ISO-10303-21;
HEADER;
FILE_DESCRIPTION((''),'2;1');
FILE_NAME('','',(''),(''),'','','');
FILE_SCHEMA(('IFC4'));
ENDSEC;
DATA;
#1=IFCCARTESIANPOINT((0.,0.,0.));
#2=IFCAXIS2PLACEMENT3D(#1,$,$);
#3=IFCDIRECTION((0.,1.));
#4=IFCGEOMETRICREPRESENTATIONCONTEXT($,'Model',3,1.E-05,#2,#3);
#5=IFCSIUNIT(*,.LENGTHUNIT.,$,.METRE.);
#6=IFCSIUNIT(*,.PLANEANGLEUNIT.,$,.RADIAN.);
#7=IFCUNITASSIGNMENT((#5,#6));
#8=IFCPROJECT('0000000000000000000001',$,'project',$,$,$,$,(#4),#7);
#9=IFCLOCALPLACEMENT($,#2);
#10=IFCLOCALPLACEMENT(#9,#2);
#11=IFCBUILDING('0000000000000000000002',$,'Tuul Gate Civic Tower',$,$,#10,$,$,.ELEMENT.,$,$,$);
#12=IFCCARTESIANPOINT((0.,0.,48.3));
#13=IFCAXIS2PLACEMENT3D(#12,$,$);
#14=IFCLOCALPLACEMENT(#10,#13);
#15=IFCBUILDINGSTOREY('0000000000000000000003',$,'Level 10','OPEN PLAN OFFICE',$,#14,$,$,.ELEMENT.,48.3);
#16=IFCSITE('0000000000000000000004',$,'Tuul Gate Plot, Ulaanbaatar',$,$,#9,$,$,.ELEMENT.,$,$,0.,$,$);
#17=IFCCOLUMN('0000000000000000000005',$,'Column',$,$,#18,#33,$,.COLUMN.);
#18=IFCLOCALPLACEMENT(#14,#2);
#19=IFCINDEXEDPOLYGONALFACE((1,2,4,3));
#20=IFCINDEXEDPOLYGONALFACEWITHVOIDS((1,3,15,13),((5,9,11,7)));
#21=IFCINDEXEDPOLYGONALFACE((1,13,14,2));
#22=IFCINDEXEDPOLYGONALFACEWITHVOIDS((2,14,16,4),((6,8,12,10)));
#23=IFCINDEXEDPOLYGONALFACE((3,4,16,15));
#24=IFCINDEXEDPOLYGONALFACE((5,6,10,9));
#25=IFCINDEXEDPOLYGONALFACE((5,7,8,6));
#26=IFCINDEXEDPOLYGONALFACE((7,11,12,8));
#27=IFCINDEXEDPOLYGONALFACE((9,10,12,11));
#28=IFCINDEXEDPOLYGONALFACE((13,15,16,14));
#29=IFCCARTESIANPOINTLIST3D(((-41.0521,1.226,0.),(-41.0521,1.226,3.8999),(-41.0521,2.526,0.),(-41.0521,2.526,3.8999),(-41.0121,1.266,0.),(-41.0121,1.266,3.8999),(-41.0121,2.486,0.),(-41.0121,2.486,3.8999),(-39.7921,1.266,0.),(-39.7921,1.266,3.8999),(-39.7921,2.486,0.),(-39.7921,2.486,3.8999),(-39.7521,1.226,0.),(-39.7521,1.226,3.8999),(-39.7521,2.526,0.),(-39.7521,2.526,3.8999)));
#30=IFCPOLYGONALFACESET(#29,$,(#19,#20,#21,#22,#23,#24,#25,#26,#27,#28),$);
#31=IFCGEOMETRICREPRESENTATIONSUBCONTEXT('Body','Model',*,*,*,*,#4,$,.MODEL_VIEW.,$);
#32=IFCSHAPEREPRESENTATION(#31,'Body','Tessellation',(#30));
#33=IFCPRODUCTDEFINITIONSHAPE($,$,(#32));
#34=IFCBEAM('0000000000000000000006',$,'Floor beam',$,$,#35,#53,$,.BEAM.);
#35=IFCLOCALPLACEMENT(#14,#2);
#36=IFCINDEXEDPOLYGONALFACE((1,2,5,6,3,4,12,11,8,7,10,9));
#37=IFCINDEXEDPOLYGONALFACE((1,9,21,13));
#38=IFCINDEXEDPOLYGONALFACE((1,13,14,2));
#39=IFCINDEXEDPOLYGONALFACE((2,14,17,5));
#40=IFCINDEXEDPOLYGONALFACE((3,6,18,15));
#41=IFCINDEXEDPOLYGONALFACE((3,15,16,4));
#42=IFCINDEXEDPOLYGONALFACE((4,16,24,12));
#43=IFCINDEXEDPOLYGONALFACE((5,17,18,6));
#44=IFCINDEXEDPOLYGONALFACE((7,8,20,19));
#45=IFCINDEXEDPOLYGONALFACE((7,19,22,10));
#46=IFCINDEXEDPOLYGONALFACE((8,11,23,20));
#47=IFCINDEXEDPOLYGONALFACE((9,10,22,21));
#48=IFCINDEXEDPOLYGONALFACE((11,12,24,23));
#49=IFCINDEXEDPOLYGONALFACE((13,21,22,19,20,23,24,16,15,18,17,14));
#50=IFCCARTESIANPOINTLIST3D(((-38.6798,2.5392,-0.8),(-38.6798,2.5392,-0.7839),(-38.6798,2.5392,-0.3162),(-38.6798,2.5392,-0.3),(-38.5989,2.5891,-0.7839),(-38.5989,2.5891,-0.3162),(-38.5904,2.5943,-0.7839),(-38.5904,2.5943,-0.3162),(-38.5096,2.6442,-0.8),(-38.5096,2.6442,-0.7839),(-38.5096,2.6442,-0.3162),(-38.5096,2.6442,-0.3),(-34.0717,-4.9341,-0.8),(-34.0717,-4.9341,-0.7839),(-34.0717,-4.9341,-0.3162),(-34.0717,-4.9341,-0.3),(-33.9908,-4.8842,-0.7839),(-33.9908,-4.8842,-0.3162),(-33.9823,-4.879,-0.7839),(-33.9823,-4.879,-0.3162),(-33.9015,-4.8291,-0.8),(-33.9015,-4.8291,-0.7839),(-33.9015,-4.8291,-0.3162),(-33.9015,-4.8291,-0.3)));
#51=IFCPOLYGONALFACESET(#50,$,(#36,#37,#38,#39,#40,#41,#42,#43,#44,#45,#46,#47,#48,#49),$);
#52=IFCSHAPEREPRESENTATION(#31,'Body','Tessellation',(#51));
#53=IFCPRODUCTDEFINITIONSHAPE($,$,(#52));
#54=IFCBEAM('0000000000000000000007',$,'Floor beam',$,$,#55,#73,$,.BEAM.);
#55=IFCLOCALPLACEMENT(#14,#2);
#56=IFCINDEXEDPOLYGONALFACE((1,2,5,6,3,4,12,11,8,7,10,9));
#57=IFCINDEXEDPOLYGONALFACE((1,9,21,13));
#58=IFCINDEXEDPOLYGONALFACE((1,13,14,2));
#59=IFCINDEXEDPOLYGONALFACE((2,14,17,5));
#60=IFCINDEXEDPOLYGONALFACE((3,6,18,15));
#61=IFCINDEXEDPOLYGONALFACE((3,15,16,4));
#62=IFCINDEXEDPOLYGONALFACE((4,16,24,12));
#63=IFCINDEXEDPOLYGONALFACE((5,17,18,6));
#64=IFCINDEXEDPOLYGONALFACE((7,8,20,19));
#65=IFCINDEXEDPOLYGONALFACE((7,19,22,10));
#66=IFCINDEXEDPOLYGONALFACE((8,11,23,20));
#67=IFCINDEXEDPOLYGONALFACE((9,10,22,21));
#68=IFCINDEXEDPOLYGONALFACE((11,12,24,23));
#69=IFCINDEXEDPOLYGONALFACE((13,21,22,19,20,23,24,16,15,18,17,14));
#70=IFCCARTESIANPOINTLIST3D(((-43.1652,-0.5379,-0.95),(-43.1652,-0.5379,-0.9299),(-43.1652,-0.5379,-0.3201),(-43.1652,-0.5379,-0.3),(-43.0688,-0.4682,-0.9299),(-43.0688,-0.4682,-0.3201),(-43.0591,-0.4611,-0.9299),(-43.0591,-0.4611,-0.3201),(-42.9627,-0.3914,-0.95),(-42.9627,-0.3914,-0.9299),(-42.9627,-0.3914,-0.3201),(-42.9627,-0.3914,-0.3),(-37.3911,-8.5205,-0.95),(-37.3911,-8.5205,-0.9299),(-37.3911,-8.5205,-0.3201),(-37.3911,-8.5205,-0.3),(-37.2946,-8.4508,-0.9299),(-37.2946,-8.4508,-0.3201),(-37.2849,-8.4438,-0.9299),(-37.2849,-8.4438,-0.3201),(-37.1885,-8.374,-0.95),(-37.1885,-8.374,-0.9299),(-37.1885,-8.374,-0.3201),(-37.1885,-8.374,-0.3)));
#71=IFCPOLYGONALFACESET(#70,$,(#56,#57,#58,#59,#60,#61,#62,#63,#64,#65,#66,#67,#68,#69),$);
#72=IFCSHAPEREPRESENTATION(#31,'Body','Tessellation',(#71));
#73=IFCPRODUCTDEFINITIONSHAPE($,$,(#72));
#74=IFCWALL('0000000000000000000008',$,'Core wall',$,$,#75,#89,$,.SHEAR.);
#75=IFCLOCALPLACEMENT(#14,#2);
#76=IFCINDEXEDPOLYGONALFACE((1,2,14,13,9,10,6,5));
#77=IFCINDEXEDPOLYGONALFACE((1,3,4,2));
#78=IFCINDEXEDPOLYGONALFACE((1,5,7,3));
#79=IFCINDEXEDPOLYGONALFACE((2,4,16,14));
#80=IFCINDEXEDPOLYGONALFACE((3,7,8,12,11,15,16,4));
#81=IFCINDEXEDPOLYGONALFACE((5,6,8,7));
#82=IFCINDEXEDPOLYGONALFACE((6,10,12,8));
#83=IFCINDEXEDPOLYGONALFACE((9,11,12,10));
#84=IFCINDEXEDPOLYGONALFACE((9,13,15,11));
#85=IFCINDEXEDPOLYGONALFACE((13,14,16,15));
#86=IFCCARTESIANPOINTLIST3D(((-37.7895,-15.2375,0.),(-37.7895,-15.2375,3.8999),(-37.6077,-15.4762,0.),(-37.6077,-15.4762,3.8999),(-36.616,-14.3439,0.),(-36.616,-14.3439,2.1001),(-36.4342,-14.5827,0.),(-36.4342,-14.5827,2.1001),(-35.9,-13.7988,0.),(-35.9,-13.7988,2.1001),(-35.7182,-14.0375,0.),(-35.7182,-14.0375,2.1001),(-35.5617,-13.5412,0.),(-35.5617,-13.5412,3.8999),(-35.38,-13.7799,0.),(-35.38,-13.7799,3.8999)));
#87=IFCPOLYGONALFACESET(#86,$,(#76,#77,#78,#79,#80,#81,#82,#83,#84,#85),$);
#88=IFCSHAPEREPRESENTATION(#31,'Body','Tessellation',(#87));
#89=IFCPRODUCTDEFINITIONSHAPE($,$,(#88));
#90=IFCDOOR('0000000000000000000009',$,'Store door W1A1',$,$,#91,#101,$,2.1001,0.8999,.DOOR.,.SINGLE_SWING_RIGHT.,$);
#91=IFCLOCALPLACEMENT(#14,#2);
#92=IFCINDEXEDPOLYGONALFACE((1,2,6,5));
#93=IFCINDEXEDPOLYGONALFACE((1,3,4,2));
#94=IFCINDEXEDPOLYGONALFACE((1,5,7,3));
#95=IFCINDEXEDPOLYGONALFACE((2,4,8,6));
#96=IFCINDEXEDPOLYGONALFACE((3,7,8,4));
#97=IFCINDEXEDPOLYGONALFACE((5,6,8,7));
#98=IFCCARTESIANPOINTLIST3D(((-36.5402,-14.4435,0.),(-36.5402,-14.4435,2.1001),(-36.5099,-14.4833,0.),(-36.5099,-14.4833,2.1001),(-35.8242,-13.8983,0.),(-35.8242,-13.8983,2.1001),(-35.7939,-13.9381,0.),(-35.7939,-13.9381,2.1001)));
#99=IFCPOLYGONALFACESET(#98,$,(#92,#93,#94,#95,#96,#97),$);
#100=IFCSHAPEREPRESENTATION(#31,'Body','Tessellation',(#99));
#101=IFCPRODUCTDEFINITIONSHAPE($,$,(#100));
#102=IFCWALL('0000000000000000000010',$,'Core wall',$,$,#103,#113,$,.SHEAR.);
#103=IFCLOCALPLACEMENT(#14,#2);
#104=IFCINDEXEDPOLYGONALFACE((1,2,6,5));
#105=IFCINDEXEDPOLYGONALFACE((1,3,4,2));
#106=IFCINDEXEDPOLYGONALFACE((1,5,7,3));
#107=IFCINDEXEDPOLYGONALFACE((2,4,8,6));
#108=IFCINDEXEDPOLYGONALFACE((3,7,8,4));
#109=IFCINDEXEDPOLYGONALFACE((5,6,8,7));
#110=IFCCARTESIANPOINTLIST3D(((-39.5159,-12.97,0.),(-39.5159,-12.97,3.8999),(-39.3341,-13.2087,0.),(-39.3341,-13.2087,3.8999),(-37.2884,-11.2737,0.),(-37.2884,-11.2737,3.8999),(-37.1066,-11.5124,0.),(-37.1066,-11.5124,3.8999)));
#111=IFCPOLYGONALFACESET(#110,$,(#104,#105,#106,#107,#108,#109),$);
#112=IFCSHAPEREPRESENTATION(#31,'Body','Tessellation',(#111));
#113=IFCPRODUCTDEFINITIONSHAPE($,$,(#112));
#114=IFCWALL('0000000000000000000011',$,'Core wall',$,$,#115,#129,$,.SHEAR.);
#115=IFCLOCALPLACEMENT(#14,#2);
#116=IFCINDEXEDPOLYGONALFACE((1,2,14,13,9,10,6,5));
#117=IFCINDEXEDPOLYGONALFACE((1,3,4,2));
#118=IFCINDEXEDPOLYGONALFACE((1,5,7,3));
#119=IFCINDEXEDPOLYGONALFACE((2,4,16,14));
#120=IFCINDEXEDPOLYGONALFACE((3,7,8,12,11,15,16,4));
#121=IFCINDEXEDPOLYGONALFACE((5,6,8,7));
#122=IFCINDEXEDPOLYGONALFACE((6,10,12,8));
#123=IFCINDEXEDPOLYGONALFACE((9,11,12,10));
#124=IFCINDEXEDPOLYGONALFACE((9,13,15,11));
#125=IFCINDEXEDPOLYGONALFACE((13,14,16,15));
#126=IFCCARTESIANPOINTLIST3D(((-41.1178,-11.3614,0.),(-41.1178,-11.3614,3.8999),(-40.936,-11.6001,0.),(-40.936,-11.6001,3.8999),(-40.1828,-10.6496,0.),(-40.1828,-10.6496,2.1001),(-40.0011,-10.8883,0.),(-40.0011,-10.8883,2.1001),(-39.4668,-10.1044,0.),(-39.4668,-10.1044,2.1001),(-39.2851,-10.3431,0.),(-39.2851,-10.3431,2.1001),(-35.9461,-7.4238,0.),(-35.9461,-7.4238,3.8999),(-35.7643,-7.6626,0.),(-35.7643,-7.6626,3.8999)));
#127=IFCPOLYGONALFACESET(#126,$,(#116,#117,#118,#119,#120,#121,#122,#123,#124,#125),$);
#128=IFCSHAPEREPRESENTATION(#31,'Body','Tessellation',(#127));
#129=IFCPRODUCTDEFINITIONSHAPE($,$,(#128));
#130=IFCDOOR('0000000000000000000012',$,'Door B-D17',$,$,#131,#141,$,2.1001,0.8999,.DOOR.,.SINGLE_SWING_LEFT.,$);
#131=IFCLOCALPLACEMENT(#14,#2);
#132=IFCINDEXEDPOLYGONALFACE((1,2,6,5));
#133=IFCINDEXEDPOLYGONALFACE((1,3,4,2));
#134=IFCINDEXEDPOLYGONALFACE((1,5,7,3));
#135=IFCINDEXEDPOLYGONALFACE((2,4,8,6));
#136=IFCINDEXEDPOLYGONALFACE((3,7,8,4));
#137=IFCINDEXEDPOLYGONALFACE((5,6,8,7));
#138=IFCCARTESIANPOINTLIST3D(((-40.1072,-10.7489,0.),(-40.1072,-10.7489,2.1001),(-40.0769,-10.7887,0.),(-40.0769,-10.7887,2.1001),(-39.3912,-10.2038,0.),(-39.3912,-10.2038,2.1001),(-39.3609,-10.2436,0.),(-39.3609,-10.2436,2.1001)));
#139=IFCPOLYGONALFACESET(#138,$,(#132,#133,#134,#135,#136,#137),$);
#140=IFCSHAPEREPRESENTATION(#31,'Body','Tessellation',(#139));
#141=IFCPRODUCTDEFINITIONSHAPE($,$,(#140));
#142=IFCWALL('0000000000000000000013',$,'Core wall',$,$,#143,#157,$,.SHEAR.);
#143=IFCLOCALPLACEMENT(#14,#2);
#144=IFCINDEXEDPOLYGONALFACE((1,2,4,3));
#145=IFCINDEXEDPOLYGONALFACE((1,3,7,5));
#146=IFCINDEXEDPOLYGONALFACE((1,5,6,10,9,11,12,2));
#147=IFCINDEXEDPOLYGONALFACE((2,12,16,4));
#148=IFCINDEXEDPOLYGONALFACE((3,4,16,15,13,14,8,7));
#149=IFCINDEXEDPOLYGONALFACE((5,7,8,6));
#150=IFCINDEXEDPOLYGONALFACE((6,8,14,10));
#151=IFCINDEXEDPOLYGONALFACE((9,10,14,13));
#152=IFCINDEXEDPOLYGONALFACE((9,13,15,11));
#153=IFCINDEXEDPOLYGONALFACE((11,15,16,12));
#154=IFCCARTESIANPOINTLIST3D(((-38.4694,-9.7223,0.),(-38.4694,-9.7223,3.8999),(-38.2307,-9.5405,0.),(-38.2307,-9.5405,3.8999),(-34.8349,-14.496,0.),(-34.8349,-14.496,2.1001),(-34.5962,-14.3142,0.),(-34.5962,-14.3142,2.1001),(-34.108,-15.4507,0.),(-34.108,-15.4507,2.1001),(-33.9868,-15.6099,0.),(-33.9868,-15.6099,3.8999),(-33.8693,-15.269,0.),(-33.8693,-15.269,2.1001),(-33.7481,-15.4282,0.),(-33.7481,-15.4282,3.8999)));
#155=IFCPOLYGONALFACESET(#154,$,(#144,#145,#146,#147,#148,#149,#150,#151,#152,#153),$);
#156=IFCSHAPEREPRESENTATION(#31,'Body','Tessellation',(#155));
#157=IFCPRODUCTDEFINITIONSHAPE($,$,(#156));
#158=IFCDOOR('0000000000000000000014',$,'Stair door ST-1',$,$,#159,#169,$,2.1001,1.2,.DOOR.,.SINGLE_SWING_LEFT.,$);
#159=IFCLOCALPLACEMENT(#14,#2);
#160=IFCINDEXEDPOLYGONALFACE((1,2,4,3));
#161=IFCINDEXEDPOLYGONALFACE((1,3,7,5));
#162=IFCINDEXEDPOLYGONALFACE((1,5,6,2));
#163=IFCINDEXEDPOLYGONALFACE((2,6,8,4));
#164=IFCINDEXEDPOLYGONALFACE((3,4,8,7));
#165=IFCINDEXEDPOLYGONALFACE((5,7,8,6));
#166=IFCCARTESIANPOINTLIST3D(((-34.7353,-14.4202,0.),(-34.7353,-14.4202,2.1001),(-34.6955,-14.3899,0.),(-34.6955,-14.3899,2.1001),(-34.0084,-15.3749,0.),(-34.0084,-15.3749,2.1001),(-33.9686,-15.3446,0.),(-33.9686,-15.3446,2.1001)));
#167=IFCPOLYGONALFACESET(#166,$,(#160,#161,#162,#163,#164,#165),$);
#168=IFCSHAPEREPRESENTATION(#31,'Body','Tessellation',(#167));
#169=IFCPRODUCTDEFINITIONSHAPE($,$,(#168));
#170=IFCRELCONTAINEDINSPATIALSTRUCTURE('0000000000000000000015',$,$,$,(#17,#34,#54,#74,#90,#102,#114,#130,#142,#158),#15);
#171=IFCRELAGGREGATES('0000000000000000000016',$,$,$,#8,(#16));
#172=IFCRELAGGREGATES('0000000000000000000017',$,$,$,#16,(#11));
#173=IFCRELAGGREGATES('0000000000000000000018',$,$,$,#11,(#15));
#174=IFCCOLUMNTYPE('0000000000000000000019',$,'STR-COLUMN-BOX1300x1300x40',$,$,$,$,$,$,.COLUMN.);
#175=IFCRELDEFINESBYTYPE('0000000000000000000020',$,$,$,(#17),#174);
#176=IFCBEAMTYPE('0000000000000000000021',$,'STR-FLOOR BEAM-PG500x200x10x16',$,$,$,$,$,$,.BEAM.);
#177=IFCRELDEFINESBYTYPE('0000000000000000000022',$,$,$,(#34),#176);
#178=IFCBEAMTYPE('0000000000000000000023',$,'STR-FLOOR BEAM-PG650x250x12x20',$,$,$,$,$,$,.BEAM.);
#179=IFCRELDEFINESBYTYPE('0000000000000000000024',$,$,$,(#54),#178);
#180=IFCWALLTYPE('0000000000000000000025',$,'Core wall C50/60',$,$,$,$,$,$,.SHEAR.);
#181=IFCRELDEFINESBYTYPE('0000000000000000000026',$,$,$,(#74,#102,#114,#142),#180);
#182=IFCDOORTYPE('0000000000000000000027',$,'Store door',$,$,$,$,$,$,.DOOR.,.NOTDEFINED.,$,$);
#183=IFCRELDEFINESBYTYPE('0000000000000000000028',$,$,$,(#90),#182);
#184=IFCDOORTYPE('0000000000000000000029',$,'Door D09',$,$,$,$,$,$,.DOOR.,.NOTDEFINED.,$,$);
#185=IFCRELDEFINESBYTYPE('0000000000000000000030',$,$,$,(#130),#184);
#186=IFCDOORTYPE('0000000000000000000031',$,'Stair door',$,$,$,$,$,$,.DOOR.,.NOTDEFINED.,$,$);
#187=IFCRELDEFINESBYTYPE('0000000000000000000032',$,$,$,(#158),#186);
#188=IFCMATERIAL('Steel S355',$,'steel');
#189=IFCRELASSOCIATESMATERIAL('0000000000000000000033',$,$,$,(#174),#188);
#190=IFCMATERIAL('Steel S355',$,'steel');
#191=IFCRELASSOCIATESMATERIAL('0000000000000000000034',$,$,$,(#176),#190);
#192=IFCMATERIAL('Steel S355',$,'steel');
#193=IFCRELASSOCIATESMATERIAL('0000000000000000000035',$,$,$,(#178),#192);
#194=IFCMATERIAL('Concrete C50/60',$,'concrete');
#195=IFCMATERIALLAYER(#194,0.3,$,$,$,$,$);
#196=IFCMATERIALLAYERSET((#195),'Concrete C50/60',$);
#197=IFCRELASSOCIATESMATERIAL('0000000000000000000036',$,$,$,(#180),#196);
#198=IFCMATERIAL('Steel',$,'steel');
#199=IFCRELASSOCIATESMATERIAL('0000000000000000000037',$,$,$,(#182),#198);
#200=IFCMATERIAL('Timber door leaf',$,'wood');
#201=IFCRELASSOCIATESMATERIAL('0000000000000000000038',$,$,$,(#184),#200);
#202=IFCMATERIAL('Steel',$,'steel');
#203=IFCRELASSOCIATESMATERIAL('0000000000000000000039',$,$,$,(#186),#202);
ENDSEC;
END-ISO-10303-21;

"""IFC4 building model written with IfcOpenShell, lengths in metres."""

from ifc_helpers import new_model, si_unit, direction, frame, frame_2d, origin, origin_2d, place, context, subcontext, project, spatial, rectangle, hollow_rectangle, i_section, extrude, material, layer, layer_set, material_profile, profile_set, type_object, element, fill, save


model = new_model("IFC4")

# Units and contexts
model_context = context("Model", 3, precision=1e-05, world=origin(), true_north=direction((0.0, 1.0)))
body_context = subcontext(model_context, "Body", "Model", "MODEL_VIEW")
ifc_project = project(units=[si_unit("LENGTHUNIT", "METRE"), si_unit("PLANEANGLEUNIT", "RADIAN")], contexts=[model_context])

# Site, building, storey
site_placement = place(None, origin())
site = spatial("IfcSite", under=ifc_project, at=site_placement, Name="Tuul Gate Plot, Ulaanbaatar", CompositionType="ELEMENT", RefElevation=0.0)
building_placement = place(site_placement, origin())
building = spatial("IfcBuilding", under=site, at=building_placement, Name="Tuul Gate Civic Tower", CompositionType="ELEMENT")
storey_placement = place(building_placement, frame((0.0, 0.0, 48.3)))
storey = spatial("IfcBuildingStorey", under=building, at=storey_placement, Name="Level 10", Description="OPEN PLAN OFFICE", CompositionType="ELEMENT", Elevation=48.3)

# Column
ifc_material_1 = material(Name="Steel S355", Category="steel")
ifc_material_profile_1 = material_profile(ifc_material_1, hollow_rectangle(XDim=1.3, YDim=1.3, WallThickness=0.04, at=origin_2d()), Name="BOX1300x1300x40")
ifc_profile_set_1 = profile_set([ifc_material_profile_1], Name="Steel S355")
column_type = type_object("IfcColumnType", Name="STR-COLUMN-BOX1300x1300x40", PredefinedType="COLUMN", material=ifc_profile_set_1)
column_placement = place(storey_placement, frame((-40.4021, 1.876, 0.0), z_axis=(0.0, 0.0, 1.0), x_axis=(1.0, 0.0, 0.0)))
element("IfcColumn", 1, at=column_placement, inside=storey, type_object=column_type, Name="Column", PredefinedType="COLUMN", context=body_context, shape_type="SweptSolid", body=[
    extrude(hollow_rectangle(XDim=1.3, YDim=1.3, WallThickness=0.04, at=origin_2d()), origin(), (0.0, 0.0, 1.0), 3.8999),
])

# Beams
ifc_material_2 = material(Name="Steel S355", Category="steel")
ifc_material_profile_2 = material_profile(ifc_material_2, i_section(OverallWidth=0.2, OverallDepth=0.5, WebThickness=0.01, FlangeThickness=0.0161, at=origin_2d()), Name="PG500x200x10x16")
ifc_profile_set_2 = profile_set([ifc_material_profile_2], Name="Steel S355")
beam_type_1 = type_object("IfcBeamType", Name="STR-FLOOR BEAM-PG500x200x10x16", PredefinedType="BEAM", material=ifc_profile_set_2)
beam_1_placement = place(storey_placement, frame((-33.9866, -4.8816, -0.55), z_axis=(-0.524853, 0.851193, 0.0), x_axis=(-0.851193, -0.524853, 0.0)))
element("IfcBeam", 2, at=beam_1_placement, inside=storey, type_object=beam_type_1, Name="Floor beam", PredefinedType="BEAM", context=body_context, shape_type="SweptSolid", body=[
    extrude(i_section(OverallWidth=0.2, OverallDepth=0.5, WebThickness=0.01, FlangeThickness=0.0161, at=origin_2d()), origin(), (0.0, 0.0, 1.0), 8.7798),
])
ifc_material_3 = material(Name="Steel S355", Category="steel")
ifc_material_profile_3 = material_profile(ifc_material_3, i_section(OverallWidth=0.25, OverallDepth=0.6499, WebThickness=0.012, FlangeThickness=0.02, at=origin_2d()), Name="PG650x250x12x20")
ifc_profile_set_3 = profile_set([ifc_material_profile_3], Name="Steel S355")
beam_type_2 = type_object("IfcBeamType", Name="STR-FLOOR BEAM-PG650x250x12x20", PredefinedType="BEAM", material=ifc_profile_set_3)
beam_2_placement = place(storey_placement, frame((-37.2898, -8.4473, -0.625), z_axis=(-0.586085, 0.81025, 0.0), x_axis=(-0.81025, -0.586085, 0.0)))
element("IfcBeam", 3, at=beam_2_placement, inside=storey, type_object=beam_type_2, Name="Floor beam", PredefinedType="BEAM", context=body_context, shape_type="SweptSolid", body=[
    extrude(i_section(OverallWidth=0.25, OverallDepth=0.6499, WebThickness=0.012, FlangeThickness=0.02, at=origin_2d()), origin(), (0.0, 0.0, 1.0), 9.8521),
])

# Wall, opening, door
ifc_material_4 = material(Name="Concrete C50/60", Category="concrete")
ifc_layer_1 = layer(ifc_material_4, 0.3)
ifc_layer_set_1 = layer_set([ifc_layer_1], Name="Concrete C50/60")
wall_type_1 = type_object("IfcWallType", Name="Core wall C50/60", PredefinedType="SHEAR", material=ifc_layer_set_1)
wall_1_placement = place(storey_placement, frame((-35.4709, -13.6606, 0.0), z_axis=(0.0, 0.0, 1.0), x_axis=(-0.795616, -0.605802, 0.0)))
wall_1 = element("IfcWall", 4, at=wall_1_placement, inside=storey, type_object=wall_type_1, Name="Core wall", PredefinedType="SHEAR", context=body_context, shape_type="SweptSolid", body=[
    extrude(rectangle(XDim=2.8, YDim=0.3, at=frame_2d((1.3999, 0.0))), origin(), (0.0, 0.0, 1.0), 3.8999),
])
opening_1_placement = place(wall_1_placement, frame((0.425, 0.0, 0.0)))
opening_1 = element("IfcOpeningElement", 5, at=opening_1_placement, cuts=wall_1, PredefinedType="OPENING", context=body_context, shape_type="SweptSolid", body=[
    extrude(rectangle(XDim=0.8999, YDim=2.1001, at=frame_2d((0.45, 1.05))), frame((0.0, 0.1602, 0.0), z_axis=(0.0, -1.0, 0.0), x_axis=(1.0, 0.0, 0.0)), (0.0, 0.0, 1.0), 0.3201),
])
ifc_material_5 = material(Name="Steel", Category="steel")
door_type_1 = type_object("IfcDoorType", Name="Store door", OperationType="NOTDEFINED", PredefinedType="DOOR", material=ifc_material_5)
door_1_placement = place(opening_1_placement, frame((0.8999, 0.0, 0.0), z_axis=(0.0, 0.0, 1.0), x_axis=(-1.0, 0.0, 0.0)))
door_1 = element("IfcDoor", 6, at=door_1_placement, inside=storey, type_object=door_type_1, Name="Store door W1A1", OperationType="SINGLE_SWING_RIGHT", OverallHeight=2.1001, OverallWidth=0.8999, PredefinedType="DOOR", context=body_context, shape_type="SweptSolid", body=[
    extrude(rectangle(XDim=0.8999, YDim=2.1001, at=frame_2d((0.45, 1.05))), frame((0.0, 0.0249, 0.0), z_axis=(0.0, -1.0, 0.0), x_axis=(1.0, 0.0, 0.0)), (0.0, 0.0, 1.0), 0.05),
])
fill(opening_1, door_1)

# Wall
wall_2_placement = place(storey_placement, frame((-37.1975, -11.3931, 0.0), z_axis=(0.0, 0.0, 1.0), x_axis=(-0.795584, -0.605844, 0.0)))
element("IfcWall", 7, at=wall_2_placement, inside=storey, type_object=wall_type_1, Name="Core wall", PredefinedType="SHEAR", context=body_context, shape_type="SweptSolid", body=[
    extrude(rectangle(XDim=2.7998, YDim=0.3, at=frame_2d((1.3999, 0.0))), origin(), (0.0, 0.0, 1.0), 3.8999),
])

# Walls, openings, doors
wall_3_placement = place(storey_placement, frame((-35.8552, -7.5432, 0.0), z_axis=(0.0, 0.0, 1.0), x_axis=(-0.795639, -0.605772, 0.0)))
wall_3 = element("IfcWall", 8, at=wall_3_placement, inside=storey, type_object=wall_type_1, Name="Core wall", PredefinedType="SHEAR", context=body_context, shape_type="SweptSolid", body=[
    extrude(rectangle(XDim=6.5, YDim=0.3, at=frame_2d((3.25, 0.0))), origin(), (0.0, 0.0, 1.0), 3.8999),
])
opening_2_placement = place(wall_3_placement, frame((4.425, 0.0, 0.0)))
opening_2 = element("IfcOpeningElement", 9, at=opening_2_placement, cuts=wall_3, PredefinedType="OPENING", context=body_context, shape_type="SweptSolid", body=[
    extrude(rectangle(XDim=0.8999, YDim=2.1001, at=frame_2d((0.45, 1.05))), frame((0.0, 0.1602, 0.0), z_axis=(0.0, -1.0, 0.0), x_axis=(1.0, 0.0, 0.0)), (0.0, 0.0, 1.0), 0.3201),
])
ifc_material_6 = material(Name="Timber door leaf", Category="wood")
door_type_2 = type_object("IfcDoorType", Name="Door D09", OperationType="NOTDEFINED", PredefinedType="DOOR", material=ifc_material_6)
door_2_placement = place(opening_2_placement, origin())
door_2 = element("IfcDoor", 10, at=door_2_placement, inside=storey, type_object=door_type_2, Name="Door B-D17", OperationType="SINGLE_SWING_LEFT", OverallHeight=2.1001, OverallWidth=0.8999, PredefinedType="DOOR", context=body_context, shape_type="SweptSolid", body=[
    extrude(rectangle(XDim=0.8999, YDim=2.1001, at=frame_2d((0.45, 1.05))), frame((0.0, 0.0249, 0.0), z_axis=(0.0, -1.0, 0.0), x_axis=(1.0, 0.0, 0.0)), (0.0, 0.0, 1.0), 0.05),
])
fill(opening_2, door_2)
wall_4_placement = place(storey_placement, frame((-33.8674, -15.519, 0.0), z_axis=(0.0, 0.0, 1.0), x_axis=(-0.60577, 0.79564, 0.0)))
wall_4 = element("IfcWall", 11, at=wall_4_placement, inside=storey, type_object=wall_type_1, Name="Core wall", PredefinedType="SHEAR", context=body_context, shape_type="SweptSolid", body=[
    extrude(rectangle(XDim=7.3999, YDim=0.3, at=frame_2d((3.7, 0.0))), origin(), (0.0, 0.0, 1.0), 3.8999),
])
opening_3_placement = place(wall_4_placement, frame((0.2, 0.0, 0.0)))
opening_3 = element("IfcOpeningElement", 12, at=opening_3_placement, cuts=wall_4, PredefinedType="OPENING", context=body_context, shape_type="SweptSolid", body=[
    extrude(rectangle(XDim=1.2, YDim=2.1001, at=frame_2d((0.6001, 1.05))), frame((0.0, 0.1602, 0.0), z_axis=(0.0, -1.0, 0.0), x_axis=(1.0, 0.0, 0.0)), (0.0, 0.0, 1.0), 0.3201),
])
ifc_material_7 = material(Name="Steel", Category="steel")
door_type_3 = type_object("IfcDoorType", Name="Stair door", OperationType="NOTDEFINED", PredefinedType="DOOR", material=ifc_material_7)
door_3_placement = place(opening_3_placement, origin())
door_3 = element("IfcDoor", 13, at=door_3_placement, inside=storey, type_object=door_type_3, Name="Stair door ST-1", OperationType="SINGLE_SWING_LEFT", OverallHeight=2.1001, OverallWidth=1.2, PredefinedType="DOOR", context=body_context, shape_type="SweptSolid", body=[
    extrude(rectangle(XDim=1.2, YDim=2.1001, at=frame_2d((0.6001, 1.05))), frame((0.0, 0.0249, 0.0), z_axis=(0.0, -1.0, 0.0), x_axis=(1.0, 0.0, 0.0)), (0.0, 0.0, 1.0), 0.05),
])
fill(opening_3, door_3)

save(model, "model.ifc")
